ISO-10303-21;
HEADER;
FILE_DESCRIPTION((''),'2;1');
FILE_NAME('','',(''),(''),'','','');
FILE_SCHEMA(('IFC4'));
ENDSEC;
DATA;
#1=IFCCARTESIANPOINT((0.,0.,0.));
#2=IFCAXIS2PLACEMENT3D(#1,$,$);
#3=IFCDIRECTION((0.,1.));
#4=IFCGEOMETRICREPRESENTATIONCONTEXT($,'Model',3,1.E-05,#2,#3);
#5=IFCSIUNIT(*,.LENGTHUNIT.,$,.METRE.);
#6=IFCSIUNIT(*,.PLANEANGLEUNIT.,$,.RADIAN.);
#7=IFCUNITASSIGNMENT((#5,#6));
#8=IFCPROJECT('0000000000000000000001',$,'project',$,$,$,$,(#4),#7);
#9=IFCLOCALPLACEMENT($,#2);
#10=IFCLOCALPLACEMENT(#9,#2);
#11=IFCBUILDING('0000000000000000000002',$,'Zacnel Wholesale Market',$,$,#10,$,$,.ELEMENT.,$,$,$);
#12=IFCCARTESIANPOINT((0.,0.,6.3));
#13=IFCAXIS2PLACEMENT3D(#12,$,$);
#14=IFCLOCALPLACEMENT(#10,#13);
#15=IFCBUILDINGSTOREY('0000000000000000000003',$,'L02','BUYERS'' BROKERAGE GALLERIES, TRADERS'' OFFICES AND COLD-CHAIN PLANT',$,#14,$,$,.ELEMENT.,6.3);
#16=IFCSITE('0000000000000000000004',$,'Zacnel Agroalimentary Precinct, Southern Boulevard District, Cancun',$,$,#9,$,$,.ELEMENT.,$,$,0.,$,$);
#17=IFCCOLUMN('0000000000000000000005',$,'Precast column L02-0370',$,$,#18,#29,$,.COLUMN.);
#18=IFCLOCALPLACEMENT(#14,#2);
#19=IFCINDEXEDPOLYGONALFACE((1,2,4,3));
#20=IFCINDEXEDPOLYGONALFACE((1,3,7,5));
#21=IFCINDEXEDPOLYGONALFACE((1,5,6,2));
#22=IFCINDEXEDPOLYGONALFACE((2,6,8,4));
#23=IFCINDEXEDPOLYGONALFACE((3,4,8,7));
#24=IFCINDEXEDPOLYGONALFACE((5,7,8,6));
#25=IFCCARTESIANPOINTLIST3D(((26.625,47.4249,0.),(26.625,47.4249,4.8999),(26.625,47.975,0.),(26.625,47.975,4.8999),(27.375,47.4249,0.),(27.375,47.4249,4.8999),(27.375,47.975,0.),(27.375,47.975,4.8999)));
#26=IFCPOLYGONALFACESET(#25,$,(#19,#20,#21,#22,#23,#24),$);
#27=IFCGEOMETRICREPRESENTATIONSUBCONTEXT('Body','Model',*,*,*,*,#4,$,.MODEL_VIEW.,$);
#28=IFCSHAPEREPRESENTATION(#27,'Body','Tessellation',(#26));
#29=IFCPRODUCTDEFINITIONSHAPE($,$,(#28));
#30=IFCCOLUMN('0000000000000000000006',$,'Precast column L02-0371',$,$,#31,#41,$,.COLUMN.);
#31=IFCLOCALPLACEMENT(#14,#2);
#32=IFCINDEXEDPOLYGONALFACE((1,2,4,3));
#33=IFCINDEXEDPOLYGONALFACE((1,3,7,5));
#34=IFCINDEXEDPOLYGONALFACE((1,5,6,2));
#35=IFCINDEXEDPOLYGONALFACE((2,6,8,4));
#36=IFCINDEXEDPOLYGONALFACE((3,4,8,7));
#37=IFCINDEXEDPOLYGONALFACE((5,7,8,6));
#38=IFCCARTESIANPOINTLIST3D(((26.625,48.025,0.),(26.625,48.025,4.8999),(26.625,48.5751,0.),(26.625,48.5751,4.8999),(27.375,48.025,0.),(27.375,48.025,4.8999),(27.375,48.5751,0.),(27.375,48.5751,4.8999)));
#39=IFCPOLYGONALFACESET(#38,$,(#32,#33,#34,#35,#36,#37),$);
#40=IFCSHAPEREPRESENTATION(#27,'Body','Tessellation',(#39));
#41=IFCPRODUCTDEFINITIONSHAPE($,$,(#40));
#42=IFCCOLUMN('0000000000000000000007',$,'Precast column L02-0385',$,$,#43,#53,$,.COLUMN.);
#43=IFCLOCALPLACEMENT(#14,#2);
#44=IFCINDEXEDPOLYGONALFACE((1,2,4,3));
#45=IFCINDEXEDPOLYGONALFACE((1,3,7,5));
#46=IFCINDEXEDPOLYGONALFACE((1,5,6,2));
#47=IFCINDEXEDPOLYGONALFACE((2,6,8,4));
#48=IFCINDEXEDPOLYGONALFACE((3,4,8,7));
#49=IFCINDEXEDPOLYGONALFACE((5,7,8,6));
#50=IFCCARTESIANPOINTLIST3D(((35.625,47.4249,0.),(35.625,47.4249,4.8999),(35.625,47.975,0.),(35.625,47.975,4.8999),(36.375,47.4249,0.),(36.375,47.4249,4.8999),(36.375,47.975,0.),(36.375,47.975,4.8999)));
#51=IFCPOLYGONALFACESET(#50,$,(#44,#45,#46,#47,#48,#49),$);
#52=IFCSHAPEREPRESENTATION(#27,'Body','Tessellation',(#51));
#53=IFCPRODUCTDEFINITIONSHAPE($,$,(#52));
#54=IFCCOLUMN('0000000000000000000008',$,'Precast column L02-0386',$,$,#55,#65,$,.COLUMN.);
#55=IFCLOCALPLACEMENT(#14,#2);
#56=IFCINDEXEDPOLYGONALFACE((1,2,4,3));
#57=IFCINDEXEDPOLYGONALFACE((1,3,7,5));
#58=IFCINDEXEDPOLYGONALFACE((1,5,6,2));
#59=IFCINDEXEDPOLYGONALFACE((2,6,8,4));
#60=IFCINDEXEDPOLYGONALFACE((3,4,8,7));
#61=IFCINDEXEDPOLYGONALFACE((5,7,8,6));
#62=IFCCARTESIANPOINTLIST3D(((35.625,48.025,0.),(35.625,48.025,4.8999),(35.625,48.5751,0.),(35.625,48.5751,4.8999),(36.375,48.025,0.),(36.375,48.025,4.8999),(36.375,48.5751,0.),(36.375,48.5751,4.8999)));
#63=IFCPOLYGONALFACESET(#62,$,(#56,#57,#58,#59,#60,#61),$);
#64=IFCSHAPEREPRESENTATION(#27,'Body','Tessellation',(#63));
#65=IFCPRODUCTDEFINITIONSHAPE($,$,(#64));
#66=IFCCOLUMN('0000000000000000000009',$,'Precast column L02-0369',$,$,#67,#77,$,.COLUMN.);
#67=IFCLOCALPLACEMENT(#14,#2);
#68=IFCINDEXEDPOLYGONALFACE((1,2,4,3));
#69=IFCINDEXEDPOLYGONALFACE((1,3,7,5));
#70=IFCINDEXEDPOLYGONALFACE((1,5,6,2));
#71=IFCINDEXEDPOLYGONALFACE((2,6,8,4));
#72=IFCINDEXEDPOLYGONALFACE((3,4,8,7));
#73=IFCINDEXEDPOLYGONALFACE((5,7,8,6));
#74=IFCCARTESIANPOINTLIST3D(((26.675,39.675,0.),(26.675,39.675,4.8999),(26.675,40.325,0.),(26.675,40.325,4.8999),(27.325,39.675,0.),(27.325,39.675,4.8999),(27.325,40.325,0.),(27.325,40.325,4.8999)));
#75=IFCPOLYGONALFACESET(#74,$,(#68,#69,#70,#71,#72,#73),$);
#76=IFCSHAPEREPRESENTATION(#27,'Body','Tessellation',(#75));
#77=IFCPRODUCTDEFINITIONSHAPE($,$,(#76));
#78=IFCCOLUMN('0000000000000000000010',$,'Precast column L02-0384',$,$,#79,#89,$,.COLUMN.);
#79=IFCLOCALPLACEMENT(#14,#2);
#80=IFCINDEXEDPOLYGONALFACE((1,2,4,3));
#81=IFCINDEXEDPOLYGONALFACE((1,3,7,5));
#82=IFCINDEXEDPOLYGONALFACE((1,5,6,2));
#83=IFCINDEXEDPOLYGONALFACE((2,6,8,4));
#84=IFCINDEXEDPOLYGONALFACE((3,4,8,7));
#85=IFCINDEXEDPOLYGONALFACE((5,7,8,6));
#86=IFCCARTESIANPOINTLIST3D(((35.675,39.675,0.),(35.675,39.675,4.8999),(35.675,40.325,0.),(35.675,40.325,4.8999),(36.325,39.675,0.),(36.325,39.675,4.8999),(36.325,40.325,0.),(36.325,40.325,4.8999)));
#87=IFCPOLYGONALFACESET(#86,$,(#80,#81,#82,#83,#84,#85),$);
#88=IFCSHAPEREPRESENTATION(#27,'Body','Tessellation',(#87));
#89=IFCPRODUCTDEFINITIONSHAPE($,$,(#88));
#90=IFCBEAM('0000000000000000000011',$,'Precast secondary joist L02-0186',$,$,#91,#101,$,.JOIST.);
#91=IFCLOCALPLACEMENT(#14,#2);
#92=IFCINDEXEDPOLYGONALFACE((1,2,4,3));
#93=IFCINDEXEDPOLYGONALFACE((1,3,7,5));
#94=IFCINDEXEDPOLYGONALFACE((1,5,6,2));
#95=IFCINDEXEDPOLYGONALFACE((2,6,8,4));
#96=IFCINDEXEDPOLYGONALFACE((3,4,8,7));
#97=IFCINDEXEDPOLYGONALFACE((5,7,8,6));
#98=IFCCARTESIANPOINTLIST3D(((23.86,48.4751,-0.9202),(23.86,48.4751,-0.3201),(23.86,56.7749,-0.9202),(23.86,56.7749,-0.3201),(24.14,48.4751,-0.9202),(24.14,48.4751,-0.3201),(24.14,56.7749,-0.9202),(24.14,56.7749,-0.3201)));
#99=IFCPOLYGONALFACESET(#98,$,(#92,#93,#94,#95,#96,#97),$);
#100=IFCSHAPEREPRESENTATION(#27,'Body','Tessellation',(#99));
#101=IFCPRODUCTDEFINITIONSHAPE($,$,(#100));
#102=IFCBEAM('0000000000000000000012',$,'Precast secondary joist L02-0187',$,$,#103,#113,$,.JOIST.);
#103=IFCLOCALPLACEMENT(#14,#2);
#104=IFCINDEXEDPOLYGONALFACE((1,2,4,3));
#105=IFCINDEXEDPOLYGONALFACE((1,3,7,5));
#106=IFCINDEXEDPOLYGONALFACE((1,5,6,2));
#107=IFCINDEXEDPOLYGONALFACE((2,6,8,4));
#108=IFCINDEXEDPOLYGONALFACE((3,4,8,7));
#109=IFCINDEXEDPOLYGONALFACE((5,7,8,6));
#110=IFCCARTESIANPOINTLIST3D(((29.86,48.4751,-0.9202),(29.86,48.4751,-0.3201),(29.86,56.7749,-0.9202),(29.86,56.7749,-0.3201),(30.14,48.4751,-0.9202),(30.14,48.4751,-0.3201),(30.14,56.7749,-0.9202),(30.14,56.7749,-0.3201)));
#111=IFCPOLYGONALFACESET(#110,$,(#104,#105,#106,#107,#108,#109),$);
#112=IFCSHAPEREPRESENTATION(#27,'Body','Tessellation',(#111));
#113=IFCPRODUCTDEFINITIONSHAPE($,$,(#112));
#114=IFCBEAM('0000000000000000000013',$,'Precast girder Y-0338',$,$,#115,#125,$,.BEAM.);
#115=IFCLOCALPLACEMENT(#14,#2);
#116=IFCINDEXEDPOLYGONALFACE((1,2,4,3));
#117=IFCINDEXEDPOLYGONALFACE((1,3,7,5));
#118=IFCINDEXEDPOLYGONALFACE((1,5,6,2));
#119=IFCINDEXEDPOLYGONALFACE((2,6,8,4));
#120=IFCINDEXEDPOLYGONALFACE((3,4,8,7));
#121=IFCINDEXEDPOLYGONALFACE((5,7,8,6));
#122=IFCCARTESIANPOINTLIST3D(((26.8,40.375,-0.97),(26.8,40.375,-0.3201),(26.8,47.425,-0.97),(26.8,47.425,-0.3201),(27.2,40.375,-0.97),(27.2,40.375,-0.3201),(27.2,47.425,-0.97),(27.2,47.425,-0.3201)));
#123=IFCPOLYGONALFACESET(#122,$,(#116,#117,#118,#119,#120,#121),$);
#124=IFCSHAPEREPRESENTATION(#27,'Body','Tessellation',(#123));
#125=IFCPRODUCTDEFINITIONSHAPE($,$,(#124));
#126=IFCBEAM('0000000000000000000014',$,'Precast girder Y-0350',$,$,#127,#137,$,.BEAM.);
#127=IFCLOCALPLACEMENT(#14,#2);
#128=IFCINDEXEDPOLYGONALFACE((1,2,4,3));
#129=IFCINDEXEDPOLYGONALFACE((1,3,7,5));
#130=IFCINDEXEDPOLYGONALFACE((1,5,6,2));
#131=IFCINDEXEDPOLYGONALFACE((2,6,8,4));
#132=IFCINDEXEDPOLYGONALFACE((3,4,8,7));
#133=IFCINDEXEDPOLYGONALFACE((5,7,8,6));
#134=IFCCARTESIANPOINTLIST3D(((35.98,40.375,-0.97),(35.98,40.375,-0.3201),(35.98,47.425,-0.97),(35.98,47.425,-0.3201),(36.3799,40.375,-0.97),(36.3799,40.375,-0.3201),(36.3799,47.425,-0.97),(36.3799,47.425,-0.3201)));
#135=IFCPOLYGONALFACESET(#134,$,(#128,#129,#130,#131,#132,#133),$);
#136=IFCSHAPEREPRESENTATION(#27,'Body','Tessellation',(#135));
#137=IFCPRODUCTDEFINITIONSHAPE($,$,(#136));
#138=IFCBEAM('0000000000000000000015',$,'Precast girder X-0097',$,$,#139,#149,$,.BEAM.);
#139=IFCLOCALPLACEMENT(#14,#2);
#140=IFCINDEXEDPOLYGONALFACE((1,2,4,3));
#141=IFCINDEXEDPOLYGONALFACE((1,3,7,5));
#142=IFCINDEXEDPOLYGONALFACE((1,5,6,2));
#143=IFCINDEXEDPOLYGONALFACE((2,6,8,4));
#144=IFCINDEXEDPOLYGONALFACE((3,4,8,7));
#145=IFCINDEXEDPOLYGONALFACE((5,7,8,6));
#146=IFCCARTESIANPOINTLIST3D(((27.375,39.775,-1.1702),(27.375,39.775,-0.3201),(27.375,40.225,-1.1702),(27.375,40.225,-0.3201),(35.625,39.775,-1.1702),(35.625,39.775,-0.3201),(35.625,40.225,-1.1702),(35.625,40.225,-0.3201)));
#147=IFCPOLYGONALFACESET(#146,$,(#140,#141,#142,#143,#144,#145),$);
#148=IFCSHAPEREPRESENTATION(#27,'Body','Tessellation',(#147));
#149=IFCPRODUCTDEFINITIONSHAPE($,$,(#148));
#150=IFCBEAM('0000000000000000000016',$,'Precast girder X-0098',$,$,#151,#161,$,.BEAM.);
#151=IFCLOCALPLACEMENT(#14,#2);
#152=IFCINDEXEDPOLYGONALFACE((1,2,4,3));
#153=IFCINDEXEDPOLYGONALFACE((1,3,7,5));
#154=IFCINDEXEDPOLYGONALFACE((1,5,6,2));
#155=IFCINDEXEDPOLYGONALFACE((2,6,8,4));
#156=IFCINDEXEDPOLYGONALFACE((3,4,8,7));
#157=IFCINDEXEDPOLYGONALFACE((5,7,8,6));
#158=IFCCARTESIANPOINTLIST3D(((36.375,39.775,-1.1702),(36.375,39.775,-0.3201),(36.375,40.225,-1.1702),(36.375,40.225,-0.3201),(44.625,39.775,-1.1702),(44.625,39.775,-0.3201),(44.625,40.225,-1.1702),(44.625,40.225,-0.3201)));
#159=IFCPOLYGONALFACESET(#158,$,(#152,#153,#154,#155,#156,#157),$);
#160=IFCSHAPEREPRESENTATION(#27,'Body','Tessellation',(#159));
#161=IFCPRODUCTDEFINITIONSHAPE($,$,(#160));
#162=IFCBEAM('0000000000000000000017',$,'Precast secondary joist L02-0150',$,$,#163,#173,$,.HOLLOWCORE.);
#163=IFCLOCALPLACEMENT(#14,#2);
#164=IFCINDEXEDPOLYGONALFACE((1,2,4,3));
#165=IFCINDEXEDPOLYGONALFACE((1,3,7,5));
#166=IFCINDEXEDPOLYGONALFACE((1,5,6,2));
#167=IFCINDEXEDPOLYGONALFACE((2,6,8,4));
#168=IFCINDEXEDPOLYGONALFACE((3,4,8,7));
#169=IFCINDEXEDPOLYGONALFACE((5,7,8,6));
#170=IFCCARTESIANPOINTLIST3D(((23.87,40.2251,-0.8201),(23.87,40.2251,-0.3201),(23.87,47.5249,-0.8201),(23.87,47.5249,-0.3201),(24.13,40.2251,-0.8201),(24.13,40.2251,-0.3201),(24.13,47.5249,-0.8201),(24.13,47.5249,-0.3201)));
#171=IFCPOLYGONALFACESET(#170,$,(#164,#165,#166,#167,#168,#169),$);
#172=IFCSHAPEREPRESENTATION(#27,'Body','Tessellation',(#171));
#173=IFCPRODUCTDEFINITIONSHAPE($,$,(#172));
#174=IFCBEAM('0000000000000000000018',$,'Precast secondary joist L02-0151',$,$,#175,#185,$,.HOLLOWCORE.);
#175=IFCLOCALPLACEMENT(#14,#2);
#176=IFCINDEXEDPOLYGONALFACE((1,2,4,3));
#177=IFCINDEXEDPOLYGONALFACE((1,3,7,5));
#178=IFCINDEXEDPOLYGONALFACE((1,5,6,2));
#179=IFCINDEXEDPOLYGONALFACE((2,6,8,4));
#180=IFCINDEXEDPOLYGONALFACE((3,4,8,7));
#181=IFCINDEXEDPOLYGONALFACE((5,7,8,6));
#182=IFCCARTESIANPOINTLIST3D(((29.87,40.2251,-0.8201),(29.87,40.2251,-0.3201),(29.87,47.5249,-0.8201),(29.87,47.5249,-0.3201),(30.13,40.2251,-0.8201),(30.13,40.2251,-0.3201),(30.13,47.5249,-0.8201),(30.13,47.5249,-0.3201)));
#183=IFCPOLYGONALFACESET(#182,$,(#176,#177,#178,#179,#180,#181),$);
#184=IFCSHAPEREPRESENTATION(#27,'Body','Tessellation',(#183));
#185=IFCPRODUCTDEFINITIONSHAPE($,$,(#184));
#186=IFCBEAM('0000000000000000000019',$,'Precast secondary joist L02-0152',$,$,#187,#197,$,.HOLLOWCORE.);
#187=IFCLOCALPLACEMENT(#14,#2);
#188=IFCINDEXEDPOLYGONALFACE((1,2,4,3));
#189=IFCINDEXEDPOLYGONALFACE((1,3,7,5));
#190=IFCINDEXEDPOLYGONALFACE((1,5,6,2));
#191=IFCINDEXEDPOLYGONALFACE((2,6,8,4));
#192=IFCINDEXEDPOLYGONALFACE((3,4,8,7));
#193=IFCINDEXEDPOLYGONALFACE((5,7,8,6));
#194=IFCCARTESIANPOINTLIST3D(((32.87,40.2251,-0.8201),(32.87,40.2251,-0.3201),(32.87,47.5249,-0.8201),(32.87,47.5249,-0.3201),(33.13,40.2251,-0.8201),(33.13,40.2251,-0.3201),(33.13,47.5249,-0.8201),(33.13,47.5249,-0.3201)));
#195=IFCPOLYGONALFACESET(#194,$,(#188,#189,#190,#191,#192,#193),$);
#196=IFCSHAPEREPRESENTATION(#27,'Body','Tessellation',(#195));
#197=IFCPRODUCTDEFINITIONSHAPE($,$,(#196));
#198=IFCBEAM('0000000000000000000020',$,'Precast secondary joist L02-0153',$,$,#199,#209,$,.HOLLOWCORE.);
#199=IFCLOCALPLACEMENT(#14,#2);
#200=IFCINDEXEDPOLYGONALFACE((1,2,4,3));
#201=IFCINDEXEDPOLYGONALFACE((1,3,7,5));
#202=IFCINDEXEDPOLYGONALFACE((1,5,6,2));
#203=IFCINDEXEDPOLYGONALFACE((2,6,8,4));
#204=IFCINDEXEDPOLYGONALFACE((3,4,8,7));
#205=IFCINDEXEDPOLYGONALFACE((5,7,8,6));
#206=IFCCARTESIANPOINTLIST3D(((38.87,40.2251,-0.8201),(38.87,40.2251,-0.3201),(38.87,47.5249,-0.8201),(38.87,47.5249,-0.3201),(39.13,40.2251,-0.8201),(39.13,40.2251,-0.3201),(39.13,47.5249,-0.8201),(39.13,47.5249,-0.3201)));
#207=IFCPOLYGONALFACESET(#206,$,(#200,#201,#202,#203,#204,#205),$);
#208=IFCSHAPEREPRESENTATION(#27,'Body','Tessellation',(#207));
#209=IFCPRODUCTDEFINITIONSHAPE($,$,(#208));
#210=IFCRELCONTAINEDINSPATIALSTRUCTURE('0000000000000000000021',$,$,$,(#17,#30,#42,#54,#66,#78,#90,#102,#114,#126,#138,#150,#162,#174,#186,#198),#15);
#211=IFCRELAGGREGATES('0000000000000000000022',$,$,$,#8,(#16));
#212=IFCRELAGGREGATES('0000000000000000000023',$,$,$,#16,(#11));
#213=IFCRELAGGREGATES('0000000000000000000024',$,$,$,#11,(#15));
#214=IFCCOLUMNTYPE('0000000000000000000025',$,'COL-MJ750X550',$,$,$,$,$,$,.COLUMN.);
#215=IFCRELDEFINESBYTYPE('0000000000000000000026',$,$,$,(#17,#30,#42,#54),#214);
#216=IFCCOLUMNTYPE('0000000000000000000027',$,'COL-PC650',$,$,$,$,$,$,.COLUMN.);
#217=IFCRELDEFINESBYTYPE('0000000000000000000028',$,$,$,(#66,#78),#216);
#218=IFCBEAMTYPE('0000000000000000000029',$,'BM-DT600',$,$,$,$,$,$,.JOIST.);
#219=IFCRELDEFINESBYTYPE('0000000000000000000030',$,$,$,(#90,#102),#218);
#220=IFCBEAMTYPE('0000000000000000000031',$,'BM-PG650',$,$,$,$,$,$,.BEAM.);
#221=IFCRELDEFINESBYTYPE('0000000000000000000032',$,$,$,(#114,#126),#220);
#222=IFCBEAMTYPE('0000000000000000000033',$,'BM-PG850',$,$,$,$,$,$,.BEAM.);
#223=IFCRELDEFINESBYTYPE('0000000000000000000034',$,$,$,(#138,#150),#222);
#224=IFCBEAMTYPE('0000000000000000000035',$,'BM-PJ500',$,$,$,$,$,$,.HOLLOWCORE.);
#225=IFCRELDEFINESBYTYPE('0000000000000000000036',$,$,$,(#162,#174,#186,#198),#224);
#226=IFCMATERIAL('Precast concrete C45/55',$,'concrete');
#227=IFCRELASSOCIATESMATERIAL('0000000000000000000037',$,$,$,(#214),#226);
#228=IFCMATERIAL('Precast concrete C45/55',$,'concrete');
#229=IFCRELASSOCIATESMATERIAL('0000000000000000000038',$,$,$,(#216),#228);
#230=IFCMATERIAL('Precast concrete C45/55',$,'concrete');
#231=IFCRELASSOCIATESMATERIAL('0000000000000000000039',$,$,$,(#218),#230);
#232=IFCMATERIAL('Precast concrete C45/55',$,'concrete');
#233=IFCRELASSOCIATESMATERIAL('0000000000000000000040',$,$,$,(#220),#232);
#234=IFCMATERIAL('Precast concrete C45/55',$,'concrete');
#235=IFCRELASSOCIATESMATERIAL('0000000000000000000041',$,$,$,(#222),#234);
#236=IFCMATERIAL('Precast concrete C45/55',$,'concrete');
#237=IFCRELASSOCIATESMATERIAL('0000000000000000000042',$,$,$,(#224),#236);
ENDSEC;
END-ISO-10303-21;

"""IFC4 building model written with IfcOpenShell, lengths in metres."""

from ifc_helpers import new_model, si_unit, direction, frame, origin, origin_2d, place, context, subcontext, project, spatial, rectangle, extrude, material, material_profile, profile_set, type_object, element, save


model = new_model("IFC4")

# Units and contexts
model_context = context("Model", 3, precision=1e-05, world=origin(), true_north=direction((0.0, 1.0)))
body_context = subcontext(model_context, "Body", "Model", "MODEL_VIEW")
ifc_project = project(units=[si_unit("LENGTHUNIT", "METRE"), si_unit("PLANEANGLEUNIT", "RADIAN")], contexts=[model_context])

# Site, building, storey
site_placement = place(None, origin())
site = spatial("IfcSite", under=ifc_project, at=site_placement, Name="Zacnel Agroalimentary Precinct, Southern Boulevard District, Cancun", CompositionType="ELEMENT", RefElevation=0.0)
building_placement = place(site_placement, origin())
building = spatial("IfcBuilding", under=site, at=building_placement, Name="Zacnel Wholesale Market", CompositionType="ELEMENT")
storey_placement = place(building_placement, frame((0.0, 0.0, 6.3)))
storey = spatial("IfcBuildingStorey", under=building, at=storey_placement, Name="L02", Description="BUYERS' BROKERAGE GALLERIES, TRADERS' OFFICES AND COLD-CHAIN PLANT", CompositionType="ELEMENT", Elevation=6.3)

# Columns
ifc_material_1 = material(Name="Precast concrete C45/55", Category="concrete")
ifc_material_profile_1 = material_profile(ifc_material_1, rectangle(XDim=0.75, YDim=0.55, at=origin_2d()), Name="PC 750x550")
ifc_profile_set_1 = profile_set([ifc_material_profile_1], Name="Precast concrete C45/55")
column_type_1 = type_object("IfcColumnType", Name="COL-MJ750X550", PredefinedType="COLUMN", material=ifc_profile_set_1)
for number, where, z_axis, x_axis, name in (
    (1, (27.0, 47.7, 0.0), (0.0, 0.0, 1.0), (1.0, 0.0, 0.0), "Precast column L02-0370"),
    (2, (27.0, 48.3, 0.0), (0.0, 0.0, 1.0), (1.0, 0.0, 0.0), "Precast column L02-0371"),
    (3, (36.0, 47.7, 0.0), (0.0, 0.0, 1.0), (1.0, 0.0, 0.0), "Precast column L02-0385"),
    (4, (36.0, 48.3, 0.0), (0.0, 0.0, 1.0), (1.0, 0.0, 0.0), "Precast column L02-0386"),
):
    element("IfcColumn", number, at=place(storey_placement, frame(where, z_axis=z_axis, x_axis=x_axis)), inside=storey, type_object=column_type_1, Name=name, PredefinedType="COLUMN", context=body_context, shape_type="SweptSolid", body=[
        extrude(rectangle(XDim=0.75, YDim=0.55, at=origin_2d()), origin(), (0.0, 0.0, 1.0), 4.8999),
    ])
ifc_material_2 = material(Name="Precast concrete C45/55", Category="concrete")
ifc_material_profile_2 = material_profile(ifc_material_2, rectangle(XDim=0.6499, YDim=0.6499, at=origin_2d()), Name="PC 650x650")
ifc_profile_set_2 = profile_set([ifc_material_profile_2], Name="Precast concrete C45/55")
column_type_2 = type_object("IfcColumnType", Name="COL-PC650", PredefinedType="COLUMN", material=ifc_profile_set_2)
for number, where, z_axis, x_axis, name in (
    (5, (27.0, 40.0, 0.0), (0.0, 0.0, 1.0), (1.0, 0.0, 0.0), "Precast column L02-0369"),
    (6, (36.0, 40.0, 0.0), (0.0, 0.0, 1.0), (1.0, 0.0, 0.0), "Precast column L02-0384"),
):
    element("IfcColumn", number, at=place(storey_placement, frame(where, z_axis=z_axis, x_axis=x_axis)), inside=storey, type_object=column_type_2, Name=name, PredefinedType="COLUMN", context=body_context, shape_type="SweptSolid", body=[
        extrude(rectangle(XDim=0.6499, YDim=0.6499, at=origin_2d()), origin(), (0.0, 0.0, 1.0), 4.8999),
    ])

# Beams
ifc_material_3 = material(Name="Precast concrete C45/55", Category="concrete")
ifc_material_profile_3 = material_profile(ifc_material_3, rectangle(XDim=0.28, YDim=0.6001, at=origin_2d()), Name="DT RIB 280x600")
ifc_profile_set_3 = profile_set([ifc_material_profile_3], Name="Precast concrete C45/55")
beam_type_1 = type_object("IfcBeamType", Name="BM-DT600", PredefinedType="JOIST", material=ifc_profile_set_3)
for number, where, z_axis, x_axis, name in (
    (7, (24.0, 48.4751, -0.6201), (0.0, 1.0, 0.0), (-1.0, 0.0, 0.0), "Precast secondary joist L02-0186"),
    (8, (30.0, 48.4751, -0.6201), (0.0, 1.0, 0.0), (-1.0, 0.0, 0.0), "Precast secondary joist L02-0187"),
):
    element("IfcBeam", number, at=place(storey_placement, frame(where, z_axis=z_axis, x_axis=x_axis)), inside=storey, type_object=beam_type_1, Name=name, PredefinedType="JOIST", context=body_context, shape_type="SweptSolid", body=[
        extrude(rectangle(XDim=0.28, YDim=0.6001, at=origin_2d()), origin(), (0.0, 0.0, 1.0), 8.2998),
    ])
ifc_material_4 = material(Name="Precast concrete C45/55", Category="concrete")
ifc_material_profile_4 = material_profile(ifc_material_4, rectangle(XDim=0.3999, YDim=0.6499, at=origin_2d()), Name="PG 400x650")
ifc_profile_set_4 = profile_set([ifc_material_profile_4], Name="Precast concrete C45/55")
beam_type_2 = type_object("IfcBeamType", Name="BM-PG650", PredefinedType="BEAM", material=ifc_profile_set_4)
for number, where, z_axis, x_axis, name in (
    (9, (27.0, 40.375, -0.645), (0.0, 1.0, 0.0), (-1.0, 0.0, 0.0), "Precast girder Y-0338"),
    (10, (36.1799, 40.375, -0.645), (0.0, 1.0, 0.0), (-1.0, 0.0, 0.0), "Precast girder Y-0350"),
):
    element("IfcBeam", number, at=place(storey_placement, frame(where, z_axis=z_axis, x_axis=x_axis)), inside=storey, type_object=beam_type_2, Name=name, PredefinedType="BEAM", context=body_context, shape_type="SweptSolid", body=[
        extrude(rectangle(XDim=0.3999, YDim=0.6499, at=origin_2d()), origin(), (0.0, 0.0, 1.0), 7.05),
    ])
ifc_material_5 = material(Name="Precast concrete C45/55", Category="concrete")
ifc_material_profile_5 = material_profile(ifc_material_5, rectangle(XDim=0.45, YDim=0.8501, at=origin_2d()), Name="PG 450x850")
ifc_profile_set_5 = profile_set([ifc_material_profile_5], Name="Precast concrete C45/55")
beam_type_3 = type_object("IfcBeamType", Name="BM-PG850", PredefinedType="BEAM", material=ifc_profile_set_5)
for number, where, z_axis, x_axis, name in (
    (11, (27.375, 40.0, -0.7451), (1.0, 0.0, 0.0), (0.0, 1.0, 0.0), "Precast girder X-0097"),
    (12, (36.375, 40.0, -0.7451), (1.0, 0.0, 0.0), (0.0, 1.0, 0.0), "Precast girder X-0098"),
):
    element("IfcBeam", number, at=place(storey_placement, frame(where, z_axis=z_axis, x_axis=x_axis)), inside=storey, type_object=beam_type_3, Name=name, PredefinedType="BEAM", context=body_context, shape_type="SweptSolid", body=[
        extrude(rectangle(XDim=0.45, YDim=0.8501, at=origin_2d()), origin(), (0.0, 0.0, 1.0), 8.25),
    ])
ifc_material_6 = material(Name="Precast concrete C45/55", Category="concrete")
ifc_material_profile_6 = material_profile(ifc_material_6, rectangle(XDim=0.26, YDim=0.5, at=origin_2d()), Name="PJ 260x500")
ifc_profile_set_6 = profile_set([ifc_material_profile_6], Name="Precast concrete C45/55")
beam_type_4 = type_object("IfcBeamType", Name="BM-PJ500", PredefinedType="HOLLOWCORE", material=ifc_profile_set_6)
for number, where, z_axis, x_axis, name in (
    (13, (24.0, 40.2251, -0.5701), (0.0, 1.0, 0.0), (-1.0, 0.0, 0.0), "Precast secondary joist L02-0150"),
    (14, (30.0, 40.2251, -0.5701), (0.0, 1.0, 0.0), (-1.0, 0.0, 0.0), "Precast secondary joist L02-0151"),
    (15, (33.0, 40.2251, -0.5701), (0.0, 1.0, 0.0), (-1.0, 0.0, 0.0), "Precast secondary joist L02-0152"),
    (16, (39.0, 40.2251, -0.5701), (0.0, 1.0, 0.0), (-1.0, 0.0, 0.0), "Precast secondary joist L02-0153"),
):
    element("IfcBeam", number, at=place(storey_placement, frame(where, z_axis=z_axis, x_axis=x_axis)), inside=storey, type_object=beam_type_4, Name=name, PredefinedType="HOLLOWCORE", context=body_context, shape_type="SweptSolid", body=[
        extrude(rectangle(XDim=0.26, YDim=0.5, at=origin_2d()), origin(), (0.0, 0.0, 1.0), 7.2998),
    ])

save(model, "model.ifc")
